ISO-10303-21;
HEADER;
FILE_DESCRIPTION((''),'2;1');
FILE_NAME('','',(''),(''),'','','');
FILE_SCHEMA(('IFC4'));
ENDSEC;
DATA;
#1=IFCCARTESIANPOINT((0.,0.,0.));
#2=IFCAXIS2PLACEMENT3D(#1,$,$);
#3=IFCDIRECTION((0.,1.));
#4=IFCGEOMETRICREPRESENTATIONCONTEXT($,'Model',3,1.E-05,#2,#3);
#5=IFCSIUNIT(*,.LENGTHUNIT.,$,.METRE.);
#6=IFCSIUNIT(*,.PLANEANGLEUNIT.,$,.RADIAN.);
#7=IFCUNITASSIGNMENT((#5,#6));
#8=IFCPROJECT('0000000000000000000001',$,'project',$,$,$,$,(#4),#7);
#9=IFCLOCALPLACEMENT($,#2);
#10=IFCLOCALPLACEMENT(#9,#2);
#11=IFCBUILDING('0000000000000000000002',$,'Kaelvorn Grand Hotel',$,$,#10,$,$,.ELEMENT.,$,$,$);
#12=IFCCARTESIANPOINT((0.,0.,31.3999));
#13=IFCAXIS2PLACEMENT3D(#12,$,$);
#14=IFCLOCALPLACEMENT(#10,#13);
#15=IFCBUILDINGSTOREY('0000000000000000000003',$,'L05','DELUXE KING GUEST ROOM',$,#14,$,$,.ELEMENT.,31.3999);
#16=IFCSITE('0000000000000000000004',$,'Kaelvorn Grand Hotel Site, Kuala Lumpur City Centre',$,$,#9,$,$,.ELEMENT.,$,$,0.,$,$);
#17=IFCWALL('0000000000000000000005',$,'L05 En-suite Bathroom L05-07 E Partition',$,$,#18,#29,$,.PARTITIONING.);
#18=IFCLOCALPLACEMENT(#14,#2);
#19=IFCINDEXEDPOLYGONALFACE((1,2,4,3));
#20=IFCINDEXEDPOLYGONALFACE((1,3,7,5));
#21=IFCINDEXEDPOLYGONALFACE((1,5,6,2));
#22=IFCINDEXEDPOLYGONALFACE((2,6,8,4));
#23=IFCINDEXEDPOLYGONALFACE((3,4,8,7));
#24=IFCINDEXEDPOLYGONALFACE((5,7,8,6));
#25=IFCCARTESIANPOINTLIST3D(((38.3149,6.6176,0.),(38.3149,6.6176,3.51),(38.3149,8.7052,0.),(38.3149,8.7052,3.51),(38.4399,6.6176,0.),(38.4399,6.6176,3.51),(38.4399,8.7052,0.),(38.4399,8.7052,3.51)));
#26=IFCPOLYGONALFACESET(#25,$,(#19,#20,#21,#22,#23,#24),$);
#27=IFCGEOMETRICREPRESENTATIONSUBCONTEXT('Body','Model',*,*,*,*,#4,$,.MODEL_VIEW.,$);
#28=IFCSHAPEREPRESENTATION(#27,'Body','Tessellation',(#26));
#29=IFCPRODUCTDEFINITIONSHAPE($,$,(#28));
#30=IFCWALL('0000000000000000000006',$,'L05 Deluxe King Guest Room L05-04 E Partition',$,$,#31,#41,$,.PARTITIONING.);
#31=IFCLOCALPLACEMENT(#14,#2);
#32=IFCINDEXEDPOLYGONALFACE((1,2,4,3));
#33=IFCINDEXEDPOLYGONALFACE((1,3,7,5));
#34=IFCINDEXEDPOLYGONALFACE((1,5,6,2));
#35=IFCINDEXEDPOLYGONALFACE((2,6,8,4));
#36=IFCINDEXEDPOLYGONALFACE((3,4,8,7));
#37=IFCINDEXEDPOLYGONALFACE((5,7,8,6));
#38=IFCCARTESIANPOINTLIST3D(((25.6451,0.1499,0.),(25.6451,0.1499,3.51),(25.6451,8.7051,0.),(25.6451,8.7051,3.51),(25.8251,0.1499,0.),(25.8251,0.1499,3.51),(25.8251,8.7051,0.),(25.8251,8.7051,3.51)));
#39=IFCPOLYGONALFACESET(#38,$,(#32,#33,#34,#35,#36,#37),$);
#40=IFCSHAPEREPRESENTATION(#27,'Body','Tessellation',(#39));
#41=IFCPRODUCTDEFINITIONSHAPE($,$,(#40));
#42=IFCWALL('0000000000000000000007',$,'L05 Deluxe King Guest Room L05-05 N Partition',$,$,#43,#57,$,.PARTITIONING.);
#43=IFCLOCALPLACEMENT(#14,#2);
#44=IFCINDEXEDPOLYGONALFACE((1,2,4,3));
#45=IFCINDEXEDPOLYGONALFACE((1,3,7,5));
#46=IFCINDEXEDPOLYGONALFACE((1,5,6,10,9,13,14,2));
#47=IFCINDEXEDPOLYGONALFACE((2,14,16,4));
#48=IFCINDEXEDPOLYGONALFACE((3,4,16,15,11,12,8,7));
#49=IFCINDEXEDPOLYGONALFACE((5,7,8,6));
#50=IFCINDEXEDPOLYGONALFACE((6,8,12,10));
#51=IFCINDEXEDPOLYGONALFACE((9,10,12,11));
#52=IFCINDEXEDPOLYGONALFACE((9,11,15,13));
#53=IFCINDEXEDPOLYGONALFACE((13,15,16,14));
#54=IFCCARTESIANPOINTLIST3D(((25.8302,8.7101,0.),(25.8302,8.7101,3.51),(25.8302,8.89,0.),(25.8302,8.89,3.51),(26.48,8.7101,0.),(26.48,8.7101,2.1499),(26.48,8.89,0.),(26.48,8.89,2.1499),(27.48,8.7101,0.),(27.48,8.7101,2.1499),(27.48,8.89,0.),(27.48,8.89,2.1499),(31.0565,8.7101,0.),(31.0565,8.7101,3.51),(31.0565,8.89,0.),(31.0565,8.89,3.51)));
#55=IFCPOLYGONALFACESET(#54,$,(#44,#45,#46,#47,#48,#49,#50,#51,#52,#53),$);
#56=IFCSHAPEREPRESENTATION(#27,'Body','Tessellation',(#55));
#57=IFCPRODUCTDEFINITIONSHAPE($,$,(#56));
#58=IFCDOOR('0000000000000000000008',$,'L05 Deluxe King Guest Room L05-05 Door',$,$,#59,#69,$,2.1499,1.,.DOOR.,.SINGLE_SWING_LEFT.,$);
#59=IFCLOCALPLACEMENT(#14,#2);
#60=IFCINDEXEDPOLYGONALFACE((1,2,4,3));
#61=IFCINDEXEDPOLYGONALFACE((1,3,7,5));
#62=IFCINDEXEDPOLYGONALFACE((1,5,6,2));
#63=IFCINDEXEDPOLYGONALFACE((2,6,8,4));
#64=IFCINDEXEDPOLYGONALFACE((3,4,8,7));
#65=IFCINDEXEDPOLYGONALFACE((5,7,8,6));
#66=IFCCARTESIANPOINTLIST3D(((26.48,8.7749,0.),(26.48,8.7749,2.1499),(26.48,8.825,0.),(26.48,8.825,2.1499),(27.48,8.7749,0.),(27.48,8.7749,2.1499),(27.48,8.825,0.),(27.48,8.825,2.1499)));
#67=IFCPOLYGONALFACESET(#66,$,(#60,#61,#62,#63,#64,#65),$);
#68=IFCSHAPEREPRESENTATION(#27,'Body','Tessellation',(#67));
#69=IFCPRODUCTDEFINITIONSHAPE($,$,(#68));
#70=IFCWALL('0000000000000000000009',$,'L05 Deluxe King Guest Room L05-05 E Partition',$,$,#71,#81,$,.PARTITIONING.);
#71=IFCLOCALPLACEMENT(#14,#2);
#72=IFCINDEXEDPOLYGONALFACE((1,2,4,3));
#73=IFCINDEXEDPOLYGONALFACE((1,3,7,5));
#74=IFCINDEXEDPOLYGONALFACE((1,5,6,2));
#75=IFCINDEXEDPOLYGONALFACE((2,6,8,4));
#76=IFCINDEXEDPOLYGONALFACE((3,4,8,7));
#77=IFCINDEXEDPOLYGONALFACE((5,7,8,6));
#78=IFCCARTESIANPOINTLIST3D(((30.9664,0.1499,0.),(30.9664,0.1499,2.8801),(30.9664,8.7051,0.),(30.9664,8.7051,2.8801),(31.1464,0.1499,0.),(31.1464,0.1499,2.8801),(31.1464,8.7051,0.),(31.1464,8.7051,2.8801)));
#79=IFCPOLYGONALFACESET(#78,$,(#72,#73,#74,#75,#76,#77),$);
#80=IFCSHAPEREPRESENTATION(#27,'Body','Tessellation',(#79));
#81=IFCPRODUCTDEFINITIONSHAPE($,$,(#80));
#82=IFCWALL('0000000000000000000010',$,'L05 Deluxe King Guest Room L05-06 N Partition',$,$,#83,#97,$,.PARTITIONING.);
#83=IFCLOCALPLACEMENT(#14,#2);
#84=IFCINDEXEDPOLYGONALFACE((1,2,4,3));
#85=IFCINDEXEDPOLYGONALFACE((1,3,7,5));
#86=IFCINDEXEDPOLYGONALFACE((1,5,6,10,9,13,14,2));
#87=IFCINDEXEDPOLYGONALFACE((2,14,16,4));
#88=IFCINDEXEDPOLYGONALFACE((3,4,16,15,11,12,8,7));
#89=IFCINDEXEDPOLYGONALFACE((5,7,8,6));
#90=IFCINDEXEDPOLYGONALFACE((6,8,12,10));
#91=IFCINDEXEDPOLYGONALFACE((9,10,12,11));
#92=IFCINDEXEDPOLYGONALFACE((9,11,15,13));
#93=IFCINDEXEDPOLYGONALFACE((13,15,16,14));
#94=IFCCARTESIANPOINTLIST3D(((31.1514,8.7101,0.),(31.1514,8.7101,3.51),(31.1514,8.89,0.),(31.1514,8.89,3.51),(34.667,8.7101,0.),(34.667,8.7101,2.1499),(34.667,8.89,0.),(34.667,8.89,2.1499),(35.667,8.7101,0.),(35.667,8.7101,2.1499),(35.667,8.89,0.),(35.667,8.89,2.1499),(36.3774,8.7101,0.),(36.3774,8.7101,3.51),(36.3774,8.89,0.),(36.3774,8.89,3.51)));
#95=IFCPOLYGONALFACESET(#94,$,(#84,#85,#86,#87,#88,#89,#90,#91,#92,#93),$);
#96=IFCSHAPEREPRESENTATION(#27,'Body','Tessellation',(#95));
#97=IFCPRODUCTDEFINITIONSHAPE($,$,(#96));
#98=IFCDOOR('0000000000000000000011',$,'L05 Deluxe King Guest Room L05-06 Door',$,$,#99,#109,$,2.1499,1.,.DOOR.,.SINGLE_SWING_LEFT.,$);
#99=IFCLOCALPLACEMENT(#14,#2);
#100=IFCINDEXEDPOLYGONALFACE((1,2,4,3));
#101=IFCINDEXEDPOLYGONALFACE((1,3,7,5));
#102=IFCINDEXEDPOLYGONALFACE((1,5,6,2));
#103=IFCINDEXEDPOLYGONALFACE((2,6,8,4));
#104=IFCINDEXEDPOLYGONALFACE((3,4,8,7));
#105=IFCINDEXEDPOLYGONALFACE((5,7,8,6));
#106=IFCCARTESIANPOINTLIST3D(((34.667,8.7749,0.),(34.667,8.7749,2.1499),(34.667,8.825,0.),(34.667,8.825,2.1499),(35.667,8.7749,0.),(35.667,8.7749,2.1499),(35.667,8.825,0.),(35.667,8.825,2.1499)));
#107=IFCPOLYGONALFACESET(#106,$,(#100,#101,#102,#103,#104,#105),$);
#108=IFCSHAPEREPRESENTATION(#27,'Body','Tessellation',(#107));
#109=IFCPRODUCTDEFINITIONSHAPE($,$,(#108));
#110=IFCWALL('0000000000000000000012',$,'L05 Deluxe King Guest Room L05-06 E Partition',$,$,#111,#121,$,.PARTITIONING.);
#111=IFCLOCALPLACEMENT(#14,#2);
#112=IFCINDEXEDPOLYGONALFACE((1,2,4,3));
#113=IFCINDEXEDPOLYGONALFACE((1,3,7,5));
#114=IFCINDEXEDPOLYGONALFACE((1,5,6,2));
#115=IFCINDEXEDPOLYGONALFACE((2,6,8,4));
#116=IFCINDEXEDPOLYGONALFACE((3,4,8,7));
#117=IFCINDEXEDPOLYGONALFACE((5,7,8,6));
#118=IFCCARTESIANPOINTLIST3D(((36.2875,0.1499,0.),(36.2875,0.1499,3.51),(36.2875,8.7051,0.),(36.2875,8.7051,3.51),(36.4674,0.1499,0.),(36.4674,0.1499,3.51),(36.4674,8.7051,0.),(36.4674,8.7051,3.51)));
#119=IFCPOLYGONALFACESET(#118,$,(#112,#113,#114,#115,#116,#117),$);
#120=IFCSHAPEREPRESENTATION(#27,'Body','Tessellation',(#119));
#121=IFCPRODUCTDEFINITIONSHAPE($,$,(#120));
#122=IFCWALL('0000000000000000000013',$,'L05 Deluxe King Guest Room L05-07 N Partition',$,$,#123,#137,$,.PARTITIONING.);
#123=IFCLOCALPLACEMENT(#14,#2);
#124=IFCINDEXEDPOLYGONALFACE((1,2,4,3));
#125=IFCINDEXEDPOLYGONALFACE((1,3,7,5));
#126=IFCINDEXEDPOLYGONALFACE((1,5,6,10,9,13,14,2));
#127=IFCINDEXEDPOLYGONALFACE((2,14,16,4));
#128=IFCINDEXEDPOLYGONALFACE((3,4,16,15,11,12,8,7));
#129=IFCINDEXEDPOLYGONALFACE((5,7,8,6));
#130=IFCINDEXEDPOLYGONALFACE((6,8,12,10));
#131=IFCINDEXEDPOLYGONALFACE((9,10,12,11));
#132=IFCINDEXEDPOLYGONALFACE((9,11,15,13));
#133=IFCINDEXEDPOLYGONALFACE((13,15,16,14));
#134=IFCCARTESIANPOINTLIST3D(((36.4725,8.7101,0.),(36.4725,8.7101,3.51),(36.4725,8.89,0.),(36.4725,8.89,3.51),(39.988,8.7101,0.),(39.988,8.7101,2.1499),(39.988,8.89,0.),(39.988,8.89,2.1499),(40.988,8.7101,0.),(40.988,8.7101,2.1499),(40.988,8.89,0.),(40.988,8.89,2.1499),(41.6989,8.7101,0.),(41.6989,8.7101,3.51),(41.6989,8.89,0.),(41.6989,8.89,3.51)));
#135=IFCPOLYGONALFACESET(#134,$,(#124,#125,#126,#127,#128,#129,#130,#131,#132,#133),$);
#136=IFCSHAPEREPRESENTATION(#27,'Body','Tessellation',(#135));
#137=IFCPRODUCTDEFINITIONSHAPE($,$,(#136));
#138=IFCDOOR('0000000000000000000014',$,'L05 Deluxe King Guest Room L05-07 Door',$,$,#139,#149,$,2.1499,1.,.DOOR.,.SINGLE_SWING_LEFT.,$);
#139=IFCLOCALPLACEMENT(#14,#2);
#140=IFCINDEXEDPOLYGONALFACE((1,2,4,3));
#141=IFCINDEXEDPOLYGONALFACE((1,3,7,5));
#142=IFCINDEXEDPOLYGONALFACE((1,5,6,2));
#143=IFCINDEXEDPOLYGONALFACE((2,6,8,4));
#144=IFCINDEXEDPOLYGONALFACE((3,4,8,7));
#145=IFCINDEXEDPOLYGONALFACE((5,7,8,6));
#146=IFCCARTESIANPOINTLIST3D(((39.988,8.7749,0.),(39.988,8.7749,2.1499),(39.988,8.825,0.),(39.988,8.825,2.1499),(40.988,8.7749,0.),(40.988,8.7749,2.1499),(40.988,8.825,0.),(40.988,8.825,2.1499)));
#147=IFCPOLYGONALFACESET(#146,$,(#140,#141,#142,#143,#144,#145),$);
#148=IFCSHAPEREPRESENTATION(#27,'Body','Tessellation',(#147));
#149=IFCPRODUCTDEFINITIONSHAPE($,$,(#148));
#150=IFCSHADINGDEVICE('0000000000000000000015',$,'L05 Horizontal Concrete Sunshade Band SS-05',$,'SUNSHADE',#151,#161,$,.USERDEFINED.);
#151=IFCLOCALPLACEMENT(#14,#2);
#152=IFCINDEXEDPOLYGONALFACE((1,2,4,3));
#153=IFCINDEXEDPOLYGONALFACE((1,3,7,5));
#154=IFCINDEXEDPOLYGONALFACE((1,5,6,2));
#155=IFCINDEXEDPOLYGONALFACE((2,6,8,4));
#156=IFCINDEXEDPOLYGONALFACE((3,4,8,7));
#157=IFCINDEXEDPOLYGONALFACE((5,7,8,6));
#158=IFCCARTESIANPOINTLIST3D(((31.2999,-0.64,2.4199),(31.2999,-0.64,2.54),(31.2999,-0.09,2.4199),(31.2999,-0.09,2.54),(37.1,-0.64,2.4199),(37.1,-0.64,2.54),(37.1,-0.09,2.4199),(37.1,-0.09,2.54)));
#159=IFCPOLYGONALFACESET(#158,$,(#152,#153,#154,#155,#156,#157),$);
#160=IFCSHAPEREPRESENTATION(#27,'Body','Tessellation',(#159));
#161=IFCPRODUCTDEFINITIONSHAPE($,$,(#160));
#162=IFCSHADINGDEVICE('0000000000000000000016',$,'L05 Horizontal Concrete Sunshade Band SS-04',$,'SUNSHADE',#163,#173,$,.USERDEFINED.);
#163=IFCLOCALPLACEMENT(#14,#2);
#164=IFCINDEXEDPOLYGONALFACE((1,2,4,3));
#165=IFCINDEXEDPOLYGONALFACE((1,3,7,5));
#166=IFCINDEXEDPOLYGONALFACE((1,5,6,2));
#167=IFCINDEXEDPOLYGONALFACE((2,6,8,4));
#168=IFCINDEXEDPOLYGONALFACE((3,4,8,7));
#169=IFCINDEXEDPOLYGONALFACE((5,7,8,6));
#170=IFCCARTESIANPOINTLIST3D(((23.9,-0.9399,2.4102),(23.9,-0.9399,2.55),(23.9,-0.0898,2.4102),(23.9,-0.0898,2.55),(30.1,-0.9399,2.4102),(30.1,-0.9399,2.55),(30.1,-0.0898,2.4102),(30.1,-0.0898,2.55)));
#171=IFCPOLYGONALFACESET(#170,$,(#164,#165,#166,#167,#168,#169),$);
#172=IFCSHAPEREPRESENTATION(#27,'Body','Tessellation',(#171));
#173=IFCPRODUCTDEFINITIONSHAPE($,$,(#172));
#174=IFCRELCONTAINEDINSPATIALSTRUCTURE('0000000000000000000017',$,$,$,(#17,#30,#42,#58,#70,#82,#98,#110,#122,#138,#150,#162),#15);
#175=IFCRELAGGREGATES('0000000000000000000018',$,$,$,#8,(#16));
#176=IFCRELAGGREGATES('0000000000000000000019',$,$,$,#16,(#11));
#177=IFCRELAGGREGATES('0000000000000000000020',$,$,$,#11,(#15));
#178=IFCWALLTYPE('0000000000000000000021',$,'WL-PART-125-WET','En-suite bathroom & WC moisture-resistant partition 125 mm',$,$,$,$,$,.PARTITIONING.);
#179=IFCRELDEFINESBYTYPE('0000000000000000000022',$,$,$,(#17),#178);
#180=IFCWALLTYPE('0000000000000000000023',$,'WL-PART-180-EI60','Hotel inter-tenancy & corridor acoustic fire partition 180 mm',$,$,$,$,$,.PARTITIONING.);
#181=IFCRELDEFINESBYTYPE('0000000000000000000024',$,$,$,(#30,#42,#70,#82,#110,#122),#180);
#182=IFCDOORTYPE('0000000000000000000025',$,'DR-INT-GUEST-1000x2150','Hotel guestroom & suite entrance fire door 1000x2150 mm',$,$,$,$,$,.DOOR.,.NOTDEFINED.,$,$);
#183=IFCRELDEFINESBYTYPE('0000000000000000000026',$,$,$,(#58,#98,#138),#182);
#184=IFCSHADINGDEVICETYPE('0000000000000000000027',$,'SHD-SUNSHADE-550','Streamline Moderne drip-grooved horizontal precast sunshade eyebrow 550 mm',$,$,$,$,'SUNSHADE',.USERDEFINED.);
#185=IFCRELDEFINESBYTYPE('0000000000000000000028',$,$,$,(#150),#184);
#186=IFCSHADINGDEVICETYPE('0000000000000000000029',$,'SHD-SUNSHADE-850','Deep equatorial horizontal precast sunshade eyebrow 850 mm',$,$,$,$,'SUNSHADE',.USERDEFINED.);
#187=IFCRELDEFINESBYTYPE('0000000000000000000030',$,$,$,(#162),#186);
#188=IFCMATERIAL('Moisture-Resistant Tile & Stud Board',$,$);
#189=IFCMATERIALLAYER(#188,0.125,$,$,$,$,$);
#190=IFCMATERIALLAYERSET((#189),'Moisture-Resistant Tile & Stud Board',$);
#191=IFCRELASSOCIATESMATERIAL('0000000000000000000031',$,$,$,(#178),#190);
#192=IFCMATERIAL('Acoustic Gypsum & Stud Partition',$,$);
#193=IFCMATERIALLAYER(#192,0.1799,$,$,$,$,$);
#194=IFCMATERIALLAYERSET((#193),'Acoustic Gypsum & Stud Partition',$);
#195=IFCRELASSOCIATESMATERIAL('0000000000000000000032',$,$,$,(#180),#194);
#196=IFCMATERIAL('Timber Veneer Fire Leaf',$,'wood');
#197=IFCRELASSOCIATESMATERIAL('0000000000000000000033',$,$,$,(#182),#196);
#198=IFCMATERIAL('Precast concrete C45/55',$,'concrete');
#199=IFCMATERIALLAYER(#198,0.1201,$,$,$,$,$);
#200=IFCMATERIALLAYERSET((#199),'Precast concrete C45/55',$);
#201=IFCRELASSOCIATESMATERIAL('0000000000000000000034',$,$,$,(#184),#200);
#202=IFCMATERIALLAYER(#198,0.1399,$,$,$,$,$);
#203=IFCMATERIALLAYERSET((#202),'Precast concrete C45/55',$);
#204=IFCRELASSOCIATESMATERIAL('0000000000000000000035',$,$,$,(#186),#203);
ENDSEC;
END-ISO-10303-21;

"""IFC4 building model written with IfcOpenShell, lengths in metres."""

from ifc_helpers import new_model, si_unit, direction, frame, frame_2d, origin, origin_2d, place, context, subcontext, project, spatial, rectangle, extrude, material, layer, layer_set, type_object, element, fill, save


model = new_model("IFC4")

# Units and contexts
model_context = context("Model", 3, precision=1e-05, world=origin(), true_north=direction((0.0, 1.0)))
body_context = subcontext(model_context, "Body", "Model", "MODEL_VIEW")
ifc_project = project(units=[si_unit("LENGTHUNIT", "METRE"), si_unit("PLANEANGLEUNIT", "RADIAN")], contexts=[model_context])

# Site, building, storey
site_placement = place(None, origin())
site = spatial("IfcSite", under=ifc_project, at=site_placement, Name="Kaelvorn Grand Hotel Site, Kuala Lumpur City Centre", CompositionType="ELEMENT", RefElevation=0.0)
building_placement = place(site_placement, origin())
building = spatial("IfcBuilding", under=site, at=building_placement, Name="Kaelvorn Grand Hotel", CompositionType="ELEMENT")
storey_placement = place(building_placement, frame((0.0, 0.0, 31.3999)))
storey = spatial("IfcBuildingStorey", under=building, at=storey_placement, Name="L05", Description="DELUXE KING GUEST ROOM", CompositionType="ELEMENT", Elevation=31.3999)

# Shared definitions
ifc_material_1 = material(Name="Moisture-Resistant Tile & Stud Board")
ifc_layer_1 = layer(ifc_material_1, 0.125)
ifc_layer_set_1 = layer_set([ifc_layer_1], Name="Moisture-Resistant Tile & Stud Board")
wall_type_1 = type_object("IfcWallType", Name="WL-PART-125-WET", Description="En-suite bathroom & WC moisture-resistant partition 125 mm", PredefinedType="PARTITIONING", material=ifc_layer_set_1)

# Walls
wall_1_placement = place(storey_placement, frame((38.3774, 6.6174, 0.0), z_axis=(0.0, 0.0, 1.0), x_axis=(0.0, 1.0, 0.0)))
element("IfcWall", 1, at=wall_1_placement, inside=storey, type_object=wall_type_1, Name="L05 En-suite Bathroom L05-07 E Partition", PredefinedType="PARTITIONING", context=body_context, shape_type="SweptSolid", body=[
    extrude(rectangle(XDim=2.0876, YDim=0.125, at=frame_2d((1.0439, 0.0))), origin(), (0.0, 0.0, 1.0), 3.51),
])
ifc_material_2 = material(Name="Acoustic Gypsum & Stud Partition")
ifc_layer_2 = layer(ifc_material_2, 0.1799)
ifc_layer_set_2 = layer_set([ifc_layer_2], Name="Acoustic Gypsum & Stud Partition")
wall_type_2 = type_object("IfcWallType", Name="WL-PART-180-EI60", Description="Hotel inter-tenancy & corridor acoustic fire partition 180 mm", PredefinedType="PARTITIONING", material=ifc_layer_set_2)
wall_2_placement = place(storey_placement, frame((25.7351, 0.1499, 0.0), z_axis=(0.0, 0.0, 1.0), x_axis=(0.0, 1.0, 0.0)))
element("IfcWall", 2, at=wall_2_placement, inside=storey, type_object=wall_type_2, Name="L05 Deluxe King Guest Room L05-04 E Partition", PredefinedType="PARTITIONING", context=body_context, shape_type="SweptSolid", body=[
    extrude(rectangle(XDim=8.5552, YDim=0.1799, at=frame_2d((4.2776, 0.0))), origin(), (0.0, 0.0, 1.0), 3.51),
])

# Wall, opening, door
wall_3_placement = place(storey_placement, frame((25.8301, 8.8, 0.0), z_axis=(0.0, 0.0, 1.0), x_axis=(1.0, 0.0, 0.0)))
wall_3 = element("IfcWall", 3, at=wall_3_placement, inside=storey, type_object=wall_type_2, Name="L05 Deluxe King Guest Room L05-05 N Partition", PredefinedType="PARTITIONING", context=body_context, shape_type="SweptSolid", body=[
    extrude(rectangle(XDim=5.2263, YDim=0.1799, at=frame_2d((2.6133, 0.0))), origin(), (0.0, 0.0, 1.0), 3.51),
])
opening_1_placement = place(wall_3_placement, frame((0.6499, 0.0, 0.0)))
opening_1 = element("IfcOpeningElement", 4, at=opening_1_placement, cuts=wall_3, PredefinedType="OPENING", context=body_context, shape_type="SweptSolid", body=[
    extrude(rectangle(XDim=1.0, YDim=2.1499, at=frame_2d((0.5, 1.075))), frame((0.0, 0.1001, 0.0), z_axis=(0.0, -1.0, 0.0), x_axis=(1.0, 0.0, 0.0)), (0.0, 0.0, 1.0), 0.2),
])
ifc_material_3 = material(Name="Timber Veneer Fire Leaf", Category="wood")
door_type_1 = type_object("IfcDoorType", Name="DR-INT-GUEST-1000x2150", Description="Hotel guestroom & suite entrance fire door 1000x2150 mm", OperationType="NOTDEFINED", PredefinedType="DOOR", material=ifc_material_3)
door_1_placement = place(opening_1_placement, origin())
door_1 = element("IfcDoor", 5, at=door_1_placement, inside=storey, type_object=door_type_1, Name="L05 Deluxe King Guest Room L05-05 Door", OperationType="SINGLE_SWING_LEFT", OverallHeight=2.1499, OverallWidth=1.0, PredefinedType="DOOR", context=body_context, shape_type="SweptSolid", body=[
    extrude(rectangle(XDim=1.0, YDim=2.1499, at=frame_2d((0.5, 1.075))), frame((0.0, 0.0249, 0.0), z_axis=(0.0, -1.0, 0.0), x_axis=(1.0, 0.0, 0.0)), (0.0, 0.0, 1.0), 0.05),
])
fill(opening_1, door_1)

# Wall
wall_4_placement = place(storey_placement, frame((31.0564, 0.1499, 0.0), z_axis=(0.0, 0.0, 1.0), x_axis=(0.0, 1.0, 0.0)))
element("IfcWall", 6, at=wall_4_placement, inside=storey, type_object=wall_type_2, Name="L05 Deluxe King Guest Room L05-05 E Partition", PredefinedType="PARTITIONING", context=body_context, shape_type="SweptSolid", body=[
    extrude(rectangle(XDim=8.5552, YDim=0.1799, at=frame_2d((4.2776, 0.0))), origin(), (0.0, 0.0, 1.0), 2.8801),
])

# Wall, opening, door
wall_5_placement = place(storey_placement, frame((31.1514, 8.8, 0.0), z_axis=(0.0, 0.0, 1.0), x_axis=(1.0, 0.0, 0.0)))
wall_5 = element("IfcWall", 7, at=wall_5_placement, inside=storey, type_object=wall_type_2, Name="L05 Deluxe King Guest Room L05-06 N Partition", PredefinedType="PARTITIONING", context=body_context, shape_type="SweptSolid", body=[
    extrude(rectangle(XDim=5.2261, YDim=0.1799, at=frame_2d((2.613, 0.0))), origin(), (0.0, 0.0, 1.0), 3.51),
])
opening_2_placement = place(wall_5_placement, frame((3.5156, 0.0, 0.0)))
opening_2 = element("IfcOpeningElement", 8, at=opening_2_placement, cuts=wall_5, PredefinedType="OPENING", context=body_context, shape_type="SweptSolid", body=[
    extrude(rectangle(XDim=1.0, YDim=2.1499, at=frame_2d((0.5, 1.075))), frame((0.0, 0.1001, 0.0), z_axis=(0.0, -1.0, 0.0), x_axis=(1.0, 0.0, 0.0)), (0.0, 0.0, 1.0), 0.2),
])
door_2_placement = place(opening_2_placement, origin())
door_2 = element("IfcDoor", 9, at=door_2_placement, inside=storey, type_object=door_type_1, Name="L05 Deluxe King Guest Room L05-06 Door", OperationType="SINGLE_SWING_LEFT", OverallHeight=2.1499, OverallWidth=1.0, PredefinedType="DOOR", context=body_context, shape_type="SweptSolid", body=[
    extrude(rectangle(XDim=1.0, YDim=2.1499, at=frame_2d((0.5, 1.075))), frame((0.0, 0.0249, 0.0), z_axis=(0.0, -1.0, 0.0), x_axis=(1.0, 0.0, 0.0)), (0.0, 0.0, 1.0), 0.05),
])
fill(opening_2, door_2)

# Wall
wall_6_placement = place(storey_placement, frame((36.3774, 0.1499, 0.0), z_axis=(0.0, 0.0, 1.0), x_axis=(0.0, 1.0, 0.0)))
element("IfcWall", 10, at=wall_6_placement, inside=storey, type_object=wall_type_2, Name="L05 Deluxe King Guest Room L05-06 E Partition", PredefinedType="PARTITIONING", context=body_context, shape_type="SweptSolid", body=[
    extrude(rectangle(XDim=8.5552, YDim=0.1799, at=frame_2d((4.2776, 0.0))), origin(), (0.0, 0.0, 1.0), 3.51),
])

# Wall, opening, door
wall_7_placement = place(storey_placement, frame((36.4724, 8.8, 0.0), z_axis=(0.0, 0.0, 1.0), x_axis=(1.0, 0.0, 0.0)))
wall_7 = element("IfcWall", 11, at=wall_7_placement, inside=storey, type_object=wall_type_2, Name="L05 Deluxe King Guest Room L05-07 N Partition", PredefinedType="PARTITIONING", context=body_context, shape_type="SweptSolid", body=[
    extrude(rectangle(XDim=5.2263, YDim=0.1799, at=frame_2d((2.6133, 0.0))), origin(), (0.0, 0.0, 1.0), 3.51),
])
opening_3_placement = place(wall_7_placement, frame((3.5156, 0.0, 0.0)))
opening_3 = element("IfcOpeningElement", 12, at=opening_3_placement, cuts=wall_7, PredefinedType="OPENING", context=body_context, shape_type="SweptSolid", body=[
    extrude(rectangle(XDim=1.0, YDim=2.1499, at=frame_2d((0.5, 1.075))), frame((0.0, 0.1001, 0.0), z_axis=(0.0, -1.0, 0.0), x_axis=(1.0, 0.0, 0.0)), (0.0, 0.0, 1.0), 0.2),
])
door_3_placement = place(opening_3_placement, origin())
door_3 = element("IfcDoor", 13, at=door_3_placement, inside=storey, type_object=door_type_1, Name="L05 Deluxe King Guest Room L05-07 Door", OperationType="SINGLE_SWING_LEFT", OverallHeight=2.1499, OverallWidth=1.0, PredefinedType="DOOR", context=body_context, shape_type="SweptSolid", body=[
    extrude(rectangle(XDim=1.0, YDim=2.1499, at=frame_2d((0.5, 1.075))), frame((0.0, 0.0249, 0.0), z_axis=(0.0, -1.0, 0.0), x_axis=(1.0, 0.0, 0.0)), (0.0, 0.0, 1.0), 0.05),
])
fill(opening_3, door_3)

# Shading devices
ifc_material_4 = material(Name="Precast concrete C45/55", Category="concrete")
ifc_layer_3 = layer(ifc_material_4, 0.1201)
ifc_layer_set_3 = layer_set([ifc_layer_3], Name="Precast concrete C45/55")
shading_device_type_1 = type_object("IfcShadingDeviceType", Name="SHD-SUNSHADE-550", Description="Streamline Moderne drip-grooved horizontal precast sunshade eyebrow 550 mm", ElementType="SUNSHADE", PredefinedType="USERDEFINED", material=ifc_layer_set_3)
shading_device_1_placement = place(storey_placement, frame((34.2, -0.365, 2.4199), z_axis=(0.0, 0.0, 1.0), x_axis=(1.0, 0.0, 0.0)))
element("IfcShadingDevice", 14, at=shading_device_1_placement, inside=storey, type_object=shading_device_type_1, Name="L05 Horizontal Concrete Sunshade Band SS-05", ObjectType="SUNSHADE", PredefinedType="USERDEFINED", context=body_context, shape_type="SweptSolid", body=[
    extrude(rectangle(XDim=5.8, YDim=0.55, at=origin_2d()), origin(), (0.0, 0.0, 1.0), 0.1201),
])
ifc_layer_4 = layer(ifc_material_4, 0.1399)
ifc_layer_set_4 = layer_set([ifc_layer_4], Name="Precast concrete C45/55")
shading_device_type_2 = type_object("IfcShadingDeviceType", Name="SHD-SUNSHADE-850", Description="Deep equatorial horizontal precast sunshade eyebrow 850 mm", ElementType="SUNSHADE", PredefinedType="USERDEFINED", material=ifc_layer_set_4)
shading_device_2_placement = place(storey_placement, frame((27.0, -0.5149, 2.4102), z_axis=(0.0, 0.0, 1.0), x_axis=(1.0, 0.0, 0.0)))
element("IfcShadingDevice", 15, at=shading_device_2_placement, inside=storey, type_object=shading_device_type_2, Name="L05 Horizontal Concrete Sunshade Band SS-04", ObjectType="SUNSHADE", PredefinedType="USERDEFINED", context=body_context, shape_type="SweptSolid", body=[
    extrude(rectangle(XDim=6.2, YDim=0.8501, at=origin_2d()), origin(), (0.0, 0.0, 1.0), 0.1399),
])

save(model, "model.ifc")
